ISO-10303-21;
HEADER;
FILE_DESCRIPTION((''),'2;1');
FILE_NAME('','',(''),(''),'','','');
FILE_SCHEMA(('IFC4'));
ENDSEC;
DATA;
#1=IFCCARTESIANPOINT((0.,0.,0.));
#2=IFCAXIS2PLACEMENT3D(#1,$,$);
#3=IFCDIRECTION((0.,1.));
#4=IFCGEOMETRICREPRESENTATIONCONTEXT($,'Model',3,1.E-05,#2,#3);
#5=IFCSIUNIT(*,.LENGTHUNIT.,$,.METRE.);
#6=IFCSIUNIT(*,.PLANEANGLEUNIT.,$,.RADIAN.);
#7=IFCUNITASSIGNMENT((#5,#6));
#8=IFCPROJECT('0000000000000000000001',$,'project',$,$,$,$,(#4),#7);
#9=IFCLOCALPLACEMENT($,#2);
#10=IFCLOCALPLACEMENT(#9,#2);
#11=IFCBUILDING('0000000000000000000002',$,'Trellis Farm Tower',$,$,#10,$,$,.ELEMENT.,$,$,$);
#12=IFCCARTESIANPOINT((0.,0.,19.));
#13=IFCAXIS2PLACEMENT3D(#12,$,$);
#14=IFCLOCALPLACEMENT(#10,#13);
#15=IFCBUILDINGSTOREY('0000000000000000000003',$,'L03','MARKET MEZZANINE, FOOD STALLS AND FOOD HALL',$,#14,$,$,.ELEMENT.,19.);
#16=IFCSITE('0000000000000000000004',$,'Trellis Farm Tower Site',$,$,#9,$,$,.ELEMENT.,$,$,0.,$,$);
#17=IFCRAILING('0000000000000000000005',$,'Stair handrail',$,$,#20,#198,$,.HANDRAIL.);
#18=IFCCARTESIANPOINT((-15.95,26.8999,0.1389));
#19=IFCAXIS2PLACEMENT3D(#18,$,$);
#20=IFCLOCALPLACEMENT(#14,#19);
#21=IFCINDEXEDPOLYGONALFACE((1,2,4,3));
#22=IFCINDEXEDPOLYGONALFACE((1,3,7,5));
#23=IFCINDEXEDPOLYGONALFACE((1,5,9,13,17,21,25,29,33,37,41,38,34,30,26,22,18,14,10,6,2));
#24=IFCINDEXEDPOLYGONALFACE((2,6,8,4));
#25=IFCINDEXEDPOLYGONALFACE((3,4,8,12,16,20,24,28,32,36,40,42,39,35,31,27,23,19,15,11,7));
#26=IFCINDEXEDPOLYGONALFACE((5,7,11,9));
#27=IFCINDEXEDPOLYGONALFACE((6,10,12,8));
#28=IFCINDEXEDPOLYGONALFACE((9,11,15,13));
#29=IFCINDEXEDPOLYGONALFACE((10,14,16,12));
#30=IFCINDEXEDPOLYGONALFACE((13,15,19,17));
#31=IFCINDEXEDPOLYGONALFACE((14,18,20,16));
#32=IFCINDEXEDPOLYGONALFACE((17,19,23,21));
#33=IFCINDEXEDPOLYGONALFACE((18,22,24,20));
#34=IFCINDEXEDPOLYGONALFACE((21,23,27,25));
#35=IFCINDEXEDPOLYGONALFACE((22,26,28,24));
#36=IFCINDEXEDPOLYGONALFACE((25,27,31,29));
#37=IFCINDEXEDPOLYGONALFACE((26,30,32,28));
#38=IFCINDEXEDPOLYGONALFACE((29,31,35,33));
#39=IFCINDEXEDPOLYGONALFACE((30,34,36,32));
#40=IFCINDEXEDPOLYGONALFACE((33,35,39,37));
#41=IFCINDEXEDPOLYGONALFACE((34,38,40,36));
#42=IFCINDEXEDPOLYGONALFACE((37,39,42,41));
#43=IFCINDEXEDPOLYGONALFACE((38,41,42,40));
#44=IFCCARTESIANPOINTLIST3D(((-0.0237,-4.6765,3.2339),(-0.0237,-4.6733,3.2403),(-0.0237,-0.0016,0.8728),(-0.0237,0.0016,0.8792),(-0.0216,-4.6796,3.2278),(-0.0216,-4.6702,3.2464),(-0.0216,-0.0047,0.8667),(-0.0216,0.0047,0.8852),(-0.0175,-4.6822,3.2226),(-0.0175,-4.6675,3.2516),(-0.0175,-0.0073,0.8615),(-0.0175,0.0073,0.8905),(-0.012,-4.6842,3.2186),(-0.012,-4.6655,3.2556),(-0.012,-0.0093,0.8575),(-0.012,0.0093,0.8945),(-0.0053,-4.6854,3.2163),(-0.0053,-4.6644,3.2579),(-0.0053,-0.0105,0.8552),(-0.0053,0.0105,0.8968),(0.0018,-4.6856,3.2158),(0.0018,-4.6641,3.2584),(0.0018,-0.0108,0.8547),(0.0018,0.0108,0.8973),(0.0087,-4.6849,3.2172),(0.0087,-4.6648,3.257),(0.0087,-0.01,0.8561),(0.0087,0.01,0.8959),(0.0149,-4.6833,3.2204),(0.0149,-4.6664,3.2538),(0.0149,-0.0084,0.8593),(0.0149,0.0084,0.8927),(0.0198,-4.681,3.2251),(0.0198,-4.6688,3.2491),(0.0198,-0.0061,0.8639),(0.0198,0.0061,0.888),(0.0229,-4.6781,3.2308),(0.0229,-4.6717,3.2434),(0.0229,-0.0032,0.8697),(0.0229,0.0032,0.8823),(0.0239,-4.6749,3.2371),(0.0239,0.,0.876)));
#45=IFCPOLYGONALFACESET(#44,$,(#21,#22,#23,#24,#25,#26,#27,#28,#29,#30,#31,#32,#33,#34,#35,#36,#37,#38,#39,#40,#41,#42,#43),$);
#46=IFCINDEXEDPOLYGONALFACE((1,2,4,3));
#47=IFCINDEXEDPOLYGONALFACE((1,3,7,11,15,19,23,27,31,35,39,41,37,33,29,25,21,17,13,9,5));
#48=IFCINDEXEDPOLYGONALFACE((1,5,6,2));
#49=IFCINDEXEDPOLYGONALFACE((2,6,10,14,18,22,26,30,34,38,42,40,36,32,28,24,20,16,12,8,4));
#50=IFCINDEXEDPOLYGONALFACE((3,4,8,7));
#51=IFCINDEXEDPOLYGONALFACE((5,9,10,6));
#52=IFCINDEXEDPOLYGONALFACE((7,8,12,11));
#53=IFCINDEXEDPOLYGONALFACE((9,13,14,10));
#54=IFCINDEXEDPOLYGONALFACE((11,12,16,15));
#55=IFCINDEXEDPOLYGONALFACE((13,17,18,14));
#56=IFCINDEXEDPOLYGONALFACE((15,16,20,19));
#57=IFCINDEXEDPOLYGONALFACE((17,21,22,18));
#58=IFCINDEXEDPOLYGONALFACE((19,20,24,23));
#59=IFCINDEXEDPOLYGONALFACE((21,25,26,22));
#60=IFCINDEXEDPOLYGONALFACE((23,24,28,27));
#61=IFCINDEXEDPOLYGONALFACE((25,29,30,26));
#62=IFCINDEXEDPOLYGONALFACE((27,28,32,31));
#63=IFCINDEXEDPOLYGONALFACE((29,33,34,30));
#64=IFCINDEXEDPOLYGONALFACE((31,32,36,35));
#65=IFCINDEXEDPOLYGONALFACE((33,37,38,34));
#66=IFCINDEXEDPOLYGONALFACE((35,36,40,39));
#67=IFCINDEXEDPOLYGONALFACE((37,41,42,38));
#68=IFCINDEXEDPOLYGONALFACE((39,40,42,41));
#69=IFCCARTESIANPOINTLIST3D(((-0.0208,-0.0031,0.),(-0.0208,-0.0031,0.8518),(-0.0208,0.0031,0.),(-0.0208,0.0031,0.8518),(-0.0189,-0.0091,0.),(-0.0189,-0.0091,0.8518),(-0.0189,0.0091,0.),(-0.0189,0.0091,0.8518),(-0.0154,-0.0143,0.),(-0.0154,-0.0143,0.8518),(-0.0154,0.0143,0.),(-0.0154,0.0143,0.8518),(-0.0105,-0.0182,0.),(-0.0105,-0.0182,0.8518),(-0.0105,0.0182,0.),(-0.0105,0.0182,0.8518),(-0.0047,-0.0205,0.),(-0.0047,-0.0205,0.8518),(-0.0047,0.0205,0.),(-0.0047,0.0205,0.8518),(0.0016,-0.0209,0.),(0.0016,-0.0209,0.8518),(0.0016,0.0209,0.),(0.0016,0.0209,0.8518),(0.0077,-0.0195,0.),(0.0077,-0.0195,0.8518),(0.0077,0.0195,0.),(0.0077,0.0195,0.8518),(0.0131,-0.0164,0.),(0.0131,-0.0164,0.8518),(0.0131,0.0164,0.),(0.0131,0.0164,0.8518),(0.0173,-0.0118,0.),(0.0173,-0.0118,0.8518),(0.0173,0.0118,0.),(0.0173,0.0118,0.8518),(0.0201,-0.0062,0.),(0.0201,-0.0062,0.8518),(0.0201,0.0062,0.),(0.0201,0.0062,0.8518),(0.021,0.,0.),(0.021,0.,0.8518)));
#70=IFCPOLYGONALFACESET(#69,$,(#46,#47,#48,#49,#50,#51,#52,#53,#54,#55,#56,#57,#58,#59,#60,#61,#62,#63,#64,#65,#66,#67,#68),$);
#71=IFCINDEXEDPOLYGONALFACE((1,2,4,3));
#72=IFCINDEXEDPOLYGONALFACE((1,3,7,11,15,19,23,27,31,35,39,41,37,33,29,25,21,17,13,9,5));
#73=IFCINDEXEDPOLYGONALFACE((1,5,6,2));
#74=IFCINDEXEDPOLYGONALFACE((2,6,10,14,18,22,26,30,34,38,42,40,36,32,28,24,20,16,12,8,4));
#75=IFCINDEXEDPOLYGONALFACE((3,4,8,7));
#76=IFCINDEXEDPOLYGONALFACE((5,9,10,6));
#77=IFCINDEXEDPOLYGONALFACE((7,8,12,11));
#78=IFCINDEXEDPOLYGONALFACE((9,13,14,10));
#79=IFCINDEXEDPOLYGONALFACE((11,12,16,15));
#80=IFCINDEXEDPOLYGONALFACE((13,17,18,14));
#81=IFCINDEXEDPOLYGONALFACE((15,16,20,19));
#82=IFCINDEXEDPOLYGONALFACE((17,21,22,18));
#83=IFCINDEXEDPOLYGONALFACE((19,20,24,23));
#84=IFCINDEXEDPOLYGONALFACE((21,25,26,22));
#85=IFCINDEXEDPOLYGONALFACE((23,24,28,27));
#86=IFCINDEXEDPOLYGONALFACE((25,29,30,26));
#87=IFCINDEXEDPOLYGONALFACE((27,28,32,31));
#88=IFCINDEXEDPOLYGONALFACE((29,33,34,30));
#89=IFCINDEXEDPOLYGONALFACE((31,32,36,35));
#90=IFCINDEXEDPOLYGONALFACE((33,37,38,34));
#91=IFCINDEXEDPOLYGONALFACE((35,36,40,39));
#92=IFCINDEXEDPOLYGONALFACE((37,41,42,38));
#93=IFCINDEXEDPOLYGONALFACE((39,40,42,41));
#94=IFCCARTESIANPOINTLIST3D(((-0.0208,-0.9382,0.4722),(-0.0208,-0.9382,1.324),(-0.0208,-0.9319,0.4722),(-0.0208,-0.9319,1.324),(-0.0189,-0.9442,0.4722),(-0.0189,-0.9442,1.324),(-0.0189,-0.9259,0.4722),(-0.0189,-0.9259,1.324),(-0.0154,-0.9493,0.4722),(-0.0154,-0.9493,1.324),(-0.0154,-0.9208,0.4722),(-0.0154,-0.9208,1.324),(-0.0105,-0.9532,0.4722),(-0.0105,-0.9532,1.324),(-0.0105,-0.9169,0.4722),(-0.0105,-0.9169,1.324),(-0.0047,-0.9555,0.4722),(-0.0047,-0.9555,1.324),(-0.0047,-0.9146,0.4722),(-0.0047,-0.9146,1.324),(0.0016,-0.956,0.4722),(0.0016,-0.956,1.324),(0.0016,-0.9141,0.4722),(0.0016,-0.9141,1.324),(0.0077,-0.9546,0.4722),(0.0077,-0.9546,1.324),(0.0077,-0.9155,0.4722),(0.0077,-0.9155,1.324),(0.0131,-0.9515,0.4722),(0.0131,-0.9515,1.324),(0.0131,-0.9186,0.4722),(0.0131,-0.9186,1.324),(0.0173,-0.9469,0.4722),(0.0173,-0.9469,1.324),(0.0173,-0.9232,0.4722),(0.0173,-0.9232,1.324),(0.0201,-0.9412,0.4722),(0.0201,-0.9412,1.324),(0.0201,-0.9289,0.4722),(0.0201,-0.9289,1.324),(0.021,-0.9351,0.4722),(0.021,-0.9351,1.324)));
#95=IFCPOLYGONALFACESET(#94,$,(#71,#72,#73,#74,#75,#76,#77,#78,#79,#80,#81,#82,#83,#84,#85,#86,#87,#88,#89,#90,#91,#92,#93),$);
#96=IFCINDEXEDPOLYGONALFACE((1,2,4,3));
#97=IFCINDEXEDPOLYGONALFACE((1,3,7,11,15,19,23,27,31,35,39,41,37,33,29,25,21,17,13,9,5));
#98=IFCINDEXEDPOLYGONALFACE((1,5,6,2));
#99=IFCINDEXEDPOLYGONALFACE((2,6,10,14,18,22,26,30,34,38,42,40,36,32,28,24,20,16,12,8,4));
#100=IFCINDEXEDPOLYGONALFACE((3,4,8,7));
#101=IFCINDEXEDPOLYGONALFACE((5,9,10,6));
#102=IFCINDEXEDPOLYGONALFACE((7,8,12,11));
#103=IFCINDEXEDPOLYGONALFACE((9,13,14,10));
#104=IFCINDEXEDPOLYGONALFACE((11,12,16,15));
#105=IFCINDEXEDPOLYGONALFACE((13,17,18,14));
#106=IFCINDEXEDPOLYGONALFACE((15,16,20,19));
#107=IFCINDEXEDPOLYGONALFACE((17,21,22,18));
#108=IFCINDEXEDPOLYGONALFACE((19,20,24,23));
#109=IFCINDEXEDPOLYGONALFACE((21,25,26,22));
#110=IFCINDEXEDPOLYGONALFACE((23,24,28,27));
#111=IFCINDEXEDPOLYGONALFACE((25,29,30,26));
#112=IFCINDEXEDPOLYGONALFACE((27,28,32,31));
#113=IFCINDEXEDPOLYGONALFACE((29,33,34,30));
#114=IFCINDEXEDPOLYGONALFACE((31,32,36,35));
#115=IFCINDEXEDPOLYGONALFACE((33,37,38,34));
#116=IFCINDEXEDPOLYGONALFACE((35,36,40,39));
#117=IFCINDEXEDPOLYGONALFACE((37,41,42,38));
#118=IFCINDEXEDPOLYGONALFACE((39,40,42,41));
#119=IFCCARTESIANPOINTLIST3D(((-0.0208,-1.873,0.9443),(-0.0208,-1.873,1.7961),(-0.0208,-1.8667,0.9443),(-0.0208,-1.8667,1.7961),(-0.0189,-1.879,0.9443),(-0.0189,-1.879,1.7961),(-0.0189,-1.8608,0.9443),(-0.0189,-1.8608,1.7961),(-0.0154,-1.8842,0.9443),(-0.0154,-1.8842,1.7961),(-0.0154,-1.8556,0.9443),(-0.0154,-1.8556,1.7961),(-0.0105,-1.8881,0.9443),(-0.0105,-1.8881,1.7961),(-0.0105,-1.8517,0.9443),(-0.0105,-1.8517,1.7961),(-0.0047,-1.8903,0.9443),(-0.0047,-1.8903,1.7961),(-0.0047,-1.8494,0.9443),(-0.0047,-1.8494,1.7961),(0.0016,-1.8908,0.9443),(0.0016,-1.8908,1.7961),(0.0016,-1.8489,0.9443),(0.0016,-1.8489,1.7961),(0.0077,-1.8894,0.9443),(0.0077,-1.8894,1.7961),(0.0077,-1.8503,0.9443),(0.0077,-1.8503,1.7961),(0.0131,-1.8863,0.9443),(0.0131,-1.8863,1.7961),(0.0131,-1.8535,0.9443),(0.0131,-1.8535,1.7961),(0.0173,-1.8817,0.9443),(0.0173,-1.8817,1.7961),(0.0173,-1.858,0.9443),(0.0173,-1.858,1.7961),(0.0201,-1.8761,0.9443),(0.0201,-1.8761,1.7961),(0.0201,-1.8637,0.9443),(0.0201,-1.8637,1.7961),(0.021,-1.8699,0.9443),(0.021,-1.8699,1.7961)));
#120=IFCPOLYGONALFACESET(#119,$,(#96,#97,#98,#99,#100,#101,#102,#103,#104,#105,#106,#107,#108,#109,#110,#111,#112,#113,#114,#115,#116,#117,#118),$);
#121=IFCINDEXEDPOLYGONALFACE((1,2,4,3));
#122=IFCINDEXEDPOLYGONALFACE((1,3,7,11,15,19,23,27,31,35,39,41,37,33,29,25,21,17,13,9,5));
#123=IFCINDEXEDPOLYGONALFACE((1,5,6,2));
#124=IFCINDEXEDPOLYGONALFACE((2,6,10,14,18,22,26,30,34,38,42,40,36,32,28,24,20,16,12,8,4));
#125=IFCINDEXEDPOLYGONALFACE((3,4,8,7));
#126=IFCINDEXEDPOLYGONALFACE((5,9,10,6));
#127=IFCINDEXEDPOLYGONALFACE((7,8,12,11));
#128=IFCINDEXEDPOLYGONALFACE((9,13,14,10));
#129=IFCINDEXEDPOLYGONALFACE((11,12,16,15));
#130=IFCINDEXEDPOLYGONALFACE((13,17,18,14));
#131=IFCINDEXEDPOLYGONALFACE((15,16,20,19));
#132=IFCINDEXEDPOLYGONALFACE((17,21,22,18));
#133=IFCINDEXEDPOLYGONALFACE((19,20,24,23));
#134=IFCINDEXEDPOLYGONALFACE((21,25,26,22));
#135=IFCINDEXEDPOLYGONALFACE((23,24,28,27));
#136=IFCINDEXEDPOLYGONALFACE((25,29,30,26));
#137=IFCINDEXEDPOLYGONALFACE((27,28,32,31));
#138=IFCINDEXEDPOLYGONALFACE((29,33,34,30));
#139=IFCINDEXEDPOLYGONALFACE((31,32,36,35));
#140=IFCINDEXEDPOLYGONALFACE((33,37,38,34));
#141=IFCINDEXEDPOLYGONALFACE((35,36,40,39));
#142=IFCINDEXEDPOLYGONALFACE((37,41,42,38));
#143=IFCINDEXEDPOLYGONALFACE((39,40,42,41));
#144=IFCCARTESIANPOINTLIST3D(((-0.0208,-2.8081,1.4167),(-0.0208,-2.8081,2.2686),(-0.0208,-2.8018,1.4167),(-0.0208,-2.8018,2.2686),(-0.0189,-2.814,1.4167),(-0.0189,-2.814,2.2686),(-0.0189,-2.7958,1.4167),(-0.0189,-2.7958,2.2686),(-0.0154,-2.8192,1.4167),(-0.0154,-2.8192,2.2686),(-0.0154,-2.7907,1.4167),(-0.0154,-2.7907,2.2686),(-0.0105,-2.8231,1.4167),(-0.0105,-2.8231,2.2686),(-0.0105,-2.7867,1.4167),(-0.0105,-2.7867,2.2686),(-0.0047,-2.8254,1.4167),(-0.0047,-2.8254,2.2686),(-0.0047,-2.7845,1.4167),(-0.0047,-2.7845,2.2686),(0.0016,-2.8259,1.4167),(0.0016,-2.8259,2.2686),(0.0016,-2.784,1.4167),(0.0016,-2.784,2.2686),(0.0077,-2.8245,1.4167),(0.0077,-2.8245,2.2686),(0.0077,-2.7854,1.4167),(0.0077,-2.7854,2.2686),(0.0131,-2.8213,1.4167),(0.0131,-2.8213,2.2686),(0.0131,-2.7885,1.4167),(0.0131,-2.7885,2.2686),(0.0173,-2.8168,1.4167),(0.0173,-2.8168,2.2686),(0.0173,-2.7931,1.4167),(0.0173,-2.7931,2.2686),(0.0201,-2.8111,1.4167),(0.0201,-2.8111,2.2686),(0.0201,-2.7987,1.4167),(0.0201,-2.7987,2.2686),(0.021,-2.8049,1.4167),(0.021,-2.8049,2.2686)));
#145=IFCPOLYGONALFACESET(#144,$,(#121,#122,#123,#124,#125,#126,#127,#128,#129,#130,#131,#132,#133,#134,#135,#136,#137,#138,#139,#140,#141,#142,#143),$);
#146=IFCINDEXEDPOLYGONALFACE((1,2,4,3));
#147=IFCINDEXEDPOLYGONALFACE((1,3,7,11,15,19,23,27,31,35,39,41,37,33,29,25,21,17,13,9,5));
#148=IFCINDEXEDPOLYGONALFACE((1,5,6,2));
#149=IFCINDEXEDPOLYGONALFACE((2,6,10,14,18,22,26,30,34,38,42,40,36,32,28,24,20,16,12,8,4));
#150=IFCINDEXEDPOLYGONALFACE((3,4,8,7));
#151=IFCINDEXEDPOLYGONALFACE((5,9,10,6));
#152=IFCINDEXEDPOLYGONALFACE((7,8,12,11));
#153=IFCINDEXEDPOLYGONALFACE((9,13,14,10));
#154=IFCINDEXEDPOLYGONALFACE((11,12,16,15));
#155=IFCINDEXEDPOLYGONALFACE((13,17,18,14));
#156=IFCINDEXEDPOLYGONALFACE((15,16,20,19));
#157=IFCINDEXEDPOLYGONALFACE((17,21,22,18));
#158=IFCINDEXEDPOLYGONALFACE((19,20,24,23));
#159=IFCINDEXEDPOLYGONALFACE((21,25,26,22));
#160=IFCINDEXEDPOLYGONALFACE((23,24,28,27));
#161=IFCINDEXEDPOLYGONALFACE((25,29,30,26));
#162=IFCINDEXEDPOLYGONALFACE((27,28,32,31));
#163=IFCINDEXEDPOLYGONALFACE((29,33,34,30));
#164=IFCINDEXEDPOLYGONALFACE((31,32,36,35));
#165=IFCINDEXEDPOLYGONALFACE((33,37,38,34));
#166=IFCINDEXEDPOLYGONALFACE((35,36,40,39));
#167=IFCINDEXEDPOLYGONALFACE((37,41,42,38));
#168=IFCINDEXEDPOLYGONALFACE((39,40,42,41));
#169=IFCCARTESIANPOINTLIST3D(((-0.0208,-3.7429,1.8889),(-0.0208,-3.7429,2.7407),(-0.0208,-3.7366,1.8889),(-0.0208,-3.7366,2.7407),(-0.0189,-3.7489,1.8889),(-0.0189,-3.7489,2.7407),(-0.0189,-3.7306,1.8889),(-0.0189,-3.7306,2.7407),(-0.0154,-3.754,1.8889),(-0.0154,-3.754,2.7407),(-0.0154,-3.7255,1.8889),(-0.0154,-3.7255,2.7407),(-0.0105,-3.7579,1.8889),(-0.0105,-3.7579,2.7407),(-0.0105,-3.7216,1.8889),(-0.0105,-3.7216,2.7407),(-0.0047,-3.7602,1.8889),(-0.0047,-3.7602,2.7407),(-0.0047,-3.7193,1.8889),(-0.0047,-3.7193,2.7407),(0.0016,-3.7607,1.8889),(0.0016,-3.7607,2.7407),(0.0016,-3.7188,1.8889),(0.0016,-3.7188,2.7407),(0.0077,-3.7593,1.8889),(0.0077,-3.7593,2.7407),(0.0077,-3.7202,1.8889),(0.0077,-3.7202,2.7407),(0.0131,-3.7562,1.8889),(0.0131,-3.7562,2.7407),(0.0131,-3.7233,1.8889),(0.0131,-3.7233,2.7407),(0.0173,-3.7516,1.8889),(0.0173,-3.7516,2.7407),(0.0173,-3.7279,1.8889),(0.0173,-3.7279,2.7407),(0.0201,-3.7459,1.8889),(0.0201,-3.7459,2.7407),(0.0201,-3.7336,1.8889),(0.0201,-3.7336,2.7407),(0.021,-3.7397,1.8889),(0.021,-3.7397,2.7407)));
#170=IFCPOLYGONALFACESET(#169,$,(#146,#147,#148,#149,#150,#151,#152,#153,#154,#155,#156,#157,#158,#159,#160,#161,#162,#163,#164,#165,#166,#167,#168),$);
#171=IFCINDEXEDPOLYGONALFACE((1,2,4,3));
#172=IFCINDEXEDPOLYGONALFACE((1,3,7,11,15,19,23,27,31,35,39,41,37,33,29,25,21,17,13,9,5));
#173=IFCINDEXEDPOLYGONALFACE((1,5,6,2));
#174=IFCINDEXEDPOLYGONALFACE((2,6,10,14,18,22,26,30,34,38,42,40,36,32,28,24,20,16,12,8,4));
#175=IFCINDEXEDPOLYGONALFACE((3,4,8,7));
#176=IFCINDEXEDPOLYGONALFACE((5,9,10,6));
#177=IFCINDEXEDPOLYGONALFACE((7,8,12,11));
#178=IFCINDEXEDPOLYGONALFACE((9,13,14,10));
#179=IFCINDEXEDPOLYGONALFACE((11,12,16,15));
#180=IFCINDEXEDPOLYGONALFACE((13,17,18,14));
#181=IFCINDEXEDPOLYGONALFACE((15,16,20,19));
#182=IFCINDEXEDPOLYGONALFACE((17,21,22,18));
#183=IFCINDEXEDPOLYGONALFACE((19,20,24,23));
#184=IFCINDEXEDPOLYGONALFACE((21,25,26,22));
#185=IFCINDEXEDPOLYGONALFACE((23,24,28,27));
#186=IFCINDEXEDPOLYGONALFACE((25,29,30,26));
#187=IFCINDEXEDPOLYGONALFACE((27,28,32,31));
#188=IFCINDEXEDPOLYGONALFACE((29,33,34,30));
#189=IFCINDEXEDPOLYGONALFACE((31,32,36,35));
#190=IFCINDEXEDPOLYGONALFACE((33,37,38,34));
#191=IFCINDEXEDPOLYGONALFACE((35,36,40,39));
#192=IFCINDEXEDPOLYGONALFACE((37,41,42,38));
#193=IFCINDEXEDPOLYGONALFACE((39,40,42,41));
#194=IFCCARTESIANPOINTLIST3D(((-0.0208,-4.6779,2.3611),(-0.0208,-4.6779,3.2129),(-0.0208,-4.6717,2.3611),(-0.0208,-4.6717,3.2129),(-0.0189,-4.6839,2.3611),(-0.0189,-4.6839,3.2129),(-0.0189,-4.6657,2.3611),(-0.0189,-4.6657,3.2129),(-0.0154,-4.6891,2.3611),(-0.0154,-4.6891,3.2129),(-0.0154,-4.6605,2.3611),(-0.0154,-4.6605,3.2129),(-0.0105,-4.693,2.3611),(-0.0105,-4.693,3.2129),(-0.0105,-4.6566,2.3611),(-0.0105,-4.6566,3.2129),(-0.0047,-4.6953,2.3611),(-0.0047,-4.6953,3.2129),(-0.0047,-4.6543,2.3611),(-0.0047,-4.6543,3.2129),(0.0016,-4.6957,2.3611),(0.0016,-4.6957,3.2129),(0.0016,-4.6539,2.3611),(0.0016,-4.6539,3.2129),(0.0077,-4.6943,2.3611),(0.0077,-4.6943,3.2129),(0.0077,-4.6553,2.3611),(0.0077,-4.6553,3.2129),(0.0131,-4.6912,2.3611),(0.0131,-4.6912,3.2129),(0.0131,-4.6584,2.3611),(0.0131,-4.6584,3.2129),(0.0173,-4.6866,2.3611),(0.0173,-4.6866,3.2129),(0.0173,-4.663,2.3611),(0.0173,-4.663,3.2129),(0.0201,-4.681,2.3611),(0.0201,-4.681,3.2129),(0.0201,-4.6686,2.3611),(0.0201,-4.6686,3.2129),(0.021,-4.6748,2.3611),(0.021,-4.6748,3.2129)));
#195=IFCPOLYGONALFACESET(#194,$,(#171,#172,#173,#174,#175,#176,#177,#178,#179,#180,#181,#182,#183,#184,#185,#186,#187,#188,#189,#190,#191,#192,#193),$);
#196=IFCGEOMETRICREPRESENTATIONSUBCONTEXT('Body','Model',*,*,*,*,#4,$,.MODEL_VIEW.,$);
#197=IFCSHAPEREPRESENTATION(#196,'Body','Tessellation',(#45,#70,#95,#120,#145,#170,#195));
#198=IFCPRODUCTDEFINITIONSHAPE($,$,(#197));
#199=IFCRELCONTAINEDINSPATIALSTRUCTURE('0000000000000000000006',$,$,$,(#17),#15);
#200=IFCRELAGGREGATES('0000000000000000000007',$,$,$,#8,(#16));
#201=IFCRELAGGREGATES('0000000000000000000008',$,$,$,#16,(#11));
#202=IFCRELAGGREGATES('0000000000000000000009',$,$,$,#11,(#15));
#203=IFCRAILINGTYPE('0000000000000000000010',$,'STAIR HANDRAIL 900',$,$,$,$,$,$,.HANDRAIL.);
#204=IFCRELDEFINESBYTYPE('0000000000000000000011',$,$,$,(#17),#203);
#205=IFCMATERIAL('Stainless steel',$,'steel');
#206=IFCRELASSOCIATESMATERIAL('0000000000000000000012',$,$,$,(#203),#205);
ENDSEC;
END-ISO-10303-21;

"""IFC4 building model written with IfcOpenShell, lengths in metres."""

from ifc_helpers import new_model, si_unit, direction, frame, origin, origin_2d, place, context, subcontext, project, spatial, circle, extrude, source, transform, mapped, material, type_object, element, save


model = new_model("IFC4")

# Units and contexts
model_context = context("Model", 3, precision=1e-05, world=origin(), true_north=direction((0.0, 1.0)))
body_context = subcontext(model_context, "Body", "Model", "MODEL_VIEW")
ifc_project = project(units=[si_unit("LENGTHUNIT", "METRE"), si_unit("PLANEANGLEUNIT", "RADIAN")], contexts=[model_context])

# Site, building, storey
site_placement = place(None, origin())
site = spatial("IfcSite", under=ifc_project, at=site_placement, Name="Trellis Farm Tower Site", CompositionType="ELEMENT", RefElevation=0.0)
building_placement = place(site_placement, origin())
building = spatial("IfcBuilding", under=site, at=building_placement, Name="Trellis Farm Tower", CompositionType="ELEMENT")
storey_placement = place(building_placement, frame((0.0, 0.0, 19.0)))
storey = spatial("IfcBuildingStorey", under=building, at=storey_placement, Name="L03", Description="MARKET MEZZANINE, FOOD STALLS AND FOOD HALL", CompositionType="ELEMENT", Elevation=19.0)

# Railing
ifc_material_1 = material(Name="Stainless steel", Category="steel")
railing_type = type_object("IfcRailingType", Name="STAIR HANDRAIL 900", PredefinedType="HANDRAIL", material=ifc_material_1)
shared_shape_1 = source(origin(), body_context, "Body", "SweptSolid", [
    extrude(circle(Radius=0.0239, at=origin_2d()), frame((0.0, 0.0, 0.876), z_axis=(0.0, -0.892611, 0.450827), x_axis=(1.0, 0.0, 0.0)), (0.0, 0.0, 1.0), 5.2373),
    extrude(circle(Radius=0.021, at=origin_2d()), origin(), (0.0, 0.0, 1.0), 0.8518),
    extrude(circle(Radius=0.021, at=origin_2d()), frame((0.0, -0.9351, 0.4722)), (0.0, 0.0, 1.0), 0.8518),
    extrude(circle(Radius=0.021, at=origin_2d()), frame((0.0, -1.8699, 0.9443)), (0.0, 0.0, 1.0), 0.8518),
    extrude(circle(Radius=0.021, at=origin_2d()), frame((0.0, -2.8049, 1.4167)), (0.0, 0.0, 1.0), 0.8518),
    extrude(circle(Radius=0.021, at=origin_2d()), frame((0.0, -3.7397, 1.8889)), (0.0, 0.0, 1.0), 0.8518),
    extrude(circle(Radius=0.021, at=origin_2d()), frame((0.0, -4.6748, 2.3611)), (0.0, 0.0, 1.0), 0.8518),
])
railing_placement = place(storey_placement, frame((-15.95, 26.8999, 0.1389)))
element("IfcRailing", 1, at=railing_placement, inside=storey, type_object=railing_type, Name="Stair handrail", PredefinedType="HANDRAIL", context=body_context, shape_type="MappedRepresentation", body=[
    mapped(shared_shape_1, transform((0.0, 0.0, 0.0))),
])

save(model, "model.ifc")
